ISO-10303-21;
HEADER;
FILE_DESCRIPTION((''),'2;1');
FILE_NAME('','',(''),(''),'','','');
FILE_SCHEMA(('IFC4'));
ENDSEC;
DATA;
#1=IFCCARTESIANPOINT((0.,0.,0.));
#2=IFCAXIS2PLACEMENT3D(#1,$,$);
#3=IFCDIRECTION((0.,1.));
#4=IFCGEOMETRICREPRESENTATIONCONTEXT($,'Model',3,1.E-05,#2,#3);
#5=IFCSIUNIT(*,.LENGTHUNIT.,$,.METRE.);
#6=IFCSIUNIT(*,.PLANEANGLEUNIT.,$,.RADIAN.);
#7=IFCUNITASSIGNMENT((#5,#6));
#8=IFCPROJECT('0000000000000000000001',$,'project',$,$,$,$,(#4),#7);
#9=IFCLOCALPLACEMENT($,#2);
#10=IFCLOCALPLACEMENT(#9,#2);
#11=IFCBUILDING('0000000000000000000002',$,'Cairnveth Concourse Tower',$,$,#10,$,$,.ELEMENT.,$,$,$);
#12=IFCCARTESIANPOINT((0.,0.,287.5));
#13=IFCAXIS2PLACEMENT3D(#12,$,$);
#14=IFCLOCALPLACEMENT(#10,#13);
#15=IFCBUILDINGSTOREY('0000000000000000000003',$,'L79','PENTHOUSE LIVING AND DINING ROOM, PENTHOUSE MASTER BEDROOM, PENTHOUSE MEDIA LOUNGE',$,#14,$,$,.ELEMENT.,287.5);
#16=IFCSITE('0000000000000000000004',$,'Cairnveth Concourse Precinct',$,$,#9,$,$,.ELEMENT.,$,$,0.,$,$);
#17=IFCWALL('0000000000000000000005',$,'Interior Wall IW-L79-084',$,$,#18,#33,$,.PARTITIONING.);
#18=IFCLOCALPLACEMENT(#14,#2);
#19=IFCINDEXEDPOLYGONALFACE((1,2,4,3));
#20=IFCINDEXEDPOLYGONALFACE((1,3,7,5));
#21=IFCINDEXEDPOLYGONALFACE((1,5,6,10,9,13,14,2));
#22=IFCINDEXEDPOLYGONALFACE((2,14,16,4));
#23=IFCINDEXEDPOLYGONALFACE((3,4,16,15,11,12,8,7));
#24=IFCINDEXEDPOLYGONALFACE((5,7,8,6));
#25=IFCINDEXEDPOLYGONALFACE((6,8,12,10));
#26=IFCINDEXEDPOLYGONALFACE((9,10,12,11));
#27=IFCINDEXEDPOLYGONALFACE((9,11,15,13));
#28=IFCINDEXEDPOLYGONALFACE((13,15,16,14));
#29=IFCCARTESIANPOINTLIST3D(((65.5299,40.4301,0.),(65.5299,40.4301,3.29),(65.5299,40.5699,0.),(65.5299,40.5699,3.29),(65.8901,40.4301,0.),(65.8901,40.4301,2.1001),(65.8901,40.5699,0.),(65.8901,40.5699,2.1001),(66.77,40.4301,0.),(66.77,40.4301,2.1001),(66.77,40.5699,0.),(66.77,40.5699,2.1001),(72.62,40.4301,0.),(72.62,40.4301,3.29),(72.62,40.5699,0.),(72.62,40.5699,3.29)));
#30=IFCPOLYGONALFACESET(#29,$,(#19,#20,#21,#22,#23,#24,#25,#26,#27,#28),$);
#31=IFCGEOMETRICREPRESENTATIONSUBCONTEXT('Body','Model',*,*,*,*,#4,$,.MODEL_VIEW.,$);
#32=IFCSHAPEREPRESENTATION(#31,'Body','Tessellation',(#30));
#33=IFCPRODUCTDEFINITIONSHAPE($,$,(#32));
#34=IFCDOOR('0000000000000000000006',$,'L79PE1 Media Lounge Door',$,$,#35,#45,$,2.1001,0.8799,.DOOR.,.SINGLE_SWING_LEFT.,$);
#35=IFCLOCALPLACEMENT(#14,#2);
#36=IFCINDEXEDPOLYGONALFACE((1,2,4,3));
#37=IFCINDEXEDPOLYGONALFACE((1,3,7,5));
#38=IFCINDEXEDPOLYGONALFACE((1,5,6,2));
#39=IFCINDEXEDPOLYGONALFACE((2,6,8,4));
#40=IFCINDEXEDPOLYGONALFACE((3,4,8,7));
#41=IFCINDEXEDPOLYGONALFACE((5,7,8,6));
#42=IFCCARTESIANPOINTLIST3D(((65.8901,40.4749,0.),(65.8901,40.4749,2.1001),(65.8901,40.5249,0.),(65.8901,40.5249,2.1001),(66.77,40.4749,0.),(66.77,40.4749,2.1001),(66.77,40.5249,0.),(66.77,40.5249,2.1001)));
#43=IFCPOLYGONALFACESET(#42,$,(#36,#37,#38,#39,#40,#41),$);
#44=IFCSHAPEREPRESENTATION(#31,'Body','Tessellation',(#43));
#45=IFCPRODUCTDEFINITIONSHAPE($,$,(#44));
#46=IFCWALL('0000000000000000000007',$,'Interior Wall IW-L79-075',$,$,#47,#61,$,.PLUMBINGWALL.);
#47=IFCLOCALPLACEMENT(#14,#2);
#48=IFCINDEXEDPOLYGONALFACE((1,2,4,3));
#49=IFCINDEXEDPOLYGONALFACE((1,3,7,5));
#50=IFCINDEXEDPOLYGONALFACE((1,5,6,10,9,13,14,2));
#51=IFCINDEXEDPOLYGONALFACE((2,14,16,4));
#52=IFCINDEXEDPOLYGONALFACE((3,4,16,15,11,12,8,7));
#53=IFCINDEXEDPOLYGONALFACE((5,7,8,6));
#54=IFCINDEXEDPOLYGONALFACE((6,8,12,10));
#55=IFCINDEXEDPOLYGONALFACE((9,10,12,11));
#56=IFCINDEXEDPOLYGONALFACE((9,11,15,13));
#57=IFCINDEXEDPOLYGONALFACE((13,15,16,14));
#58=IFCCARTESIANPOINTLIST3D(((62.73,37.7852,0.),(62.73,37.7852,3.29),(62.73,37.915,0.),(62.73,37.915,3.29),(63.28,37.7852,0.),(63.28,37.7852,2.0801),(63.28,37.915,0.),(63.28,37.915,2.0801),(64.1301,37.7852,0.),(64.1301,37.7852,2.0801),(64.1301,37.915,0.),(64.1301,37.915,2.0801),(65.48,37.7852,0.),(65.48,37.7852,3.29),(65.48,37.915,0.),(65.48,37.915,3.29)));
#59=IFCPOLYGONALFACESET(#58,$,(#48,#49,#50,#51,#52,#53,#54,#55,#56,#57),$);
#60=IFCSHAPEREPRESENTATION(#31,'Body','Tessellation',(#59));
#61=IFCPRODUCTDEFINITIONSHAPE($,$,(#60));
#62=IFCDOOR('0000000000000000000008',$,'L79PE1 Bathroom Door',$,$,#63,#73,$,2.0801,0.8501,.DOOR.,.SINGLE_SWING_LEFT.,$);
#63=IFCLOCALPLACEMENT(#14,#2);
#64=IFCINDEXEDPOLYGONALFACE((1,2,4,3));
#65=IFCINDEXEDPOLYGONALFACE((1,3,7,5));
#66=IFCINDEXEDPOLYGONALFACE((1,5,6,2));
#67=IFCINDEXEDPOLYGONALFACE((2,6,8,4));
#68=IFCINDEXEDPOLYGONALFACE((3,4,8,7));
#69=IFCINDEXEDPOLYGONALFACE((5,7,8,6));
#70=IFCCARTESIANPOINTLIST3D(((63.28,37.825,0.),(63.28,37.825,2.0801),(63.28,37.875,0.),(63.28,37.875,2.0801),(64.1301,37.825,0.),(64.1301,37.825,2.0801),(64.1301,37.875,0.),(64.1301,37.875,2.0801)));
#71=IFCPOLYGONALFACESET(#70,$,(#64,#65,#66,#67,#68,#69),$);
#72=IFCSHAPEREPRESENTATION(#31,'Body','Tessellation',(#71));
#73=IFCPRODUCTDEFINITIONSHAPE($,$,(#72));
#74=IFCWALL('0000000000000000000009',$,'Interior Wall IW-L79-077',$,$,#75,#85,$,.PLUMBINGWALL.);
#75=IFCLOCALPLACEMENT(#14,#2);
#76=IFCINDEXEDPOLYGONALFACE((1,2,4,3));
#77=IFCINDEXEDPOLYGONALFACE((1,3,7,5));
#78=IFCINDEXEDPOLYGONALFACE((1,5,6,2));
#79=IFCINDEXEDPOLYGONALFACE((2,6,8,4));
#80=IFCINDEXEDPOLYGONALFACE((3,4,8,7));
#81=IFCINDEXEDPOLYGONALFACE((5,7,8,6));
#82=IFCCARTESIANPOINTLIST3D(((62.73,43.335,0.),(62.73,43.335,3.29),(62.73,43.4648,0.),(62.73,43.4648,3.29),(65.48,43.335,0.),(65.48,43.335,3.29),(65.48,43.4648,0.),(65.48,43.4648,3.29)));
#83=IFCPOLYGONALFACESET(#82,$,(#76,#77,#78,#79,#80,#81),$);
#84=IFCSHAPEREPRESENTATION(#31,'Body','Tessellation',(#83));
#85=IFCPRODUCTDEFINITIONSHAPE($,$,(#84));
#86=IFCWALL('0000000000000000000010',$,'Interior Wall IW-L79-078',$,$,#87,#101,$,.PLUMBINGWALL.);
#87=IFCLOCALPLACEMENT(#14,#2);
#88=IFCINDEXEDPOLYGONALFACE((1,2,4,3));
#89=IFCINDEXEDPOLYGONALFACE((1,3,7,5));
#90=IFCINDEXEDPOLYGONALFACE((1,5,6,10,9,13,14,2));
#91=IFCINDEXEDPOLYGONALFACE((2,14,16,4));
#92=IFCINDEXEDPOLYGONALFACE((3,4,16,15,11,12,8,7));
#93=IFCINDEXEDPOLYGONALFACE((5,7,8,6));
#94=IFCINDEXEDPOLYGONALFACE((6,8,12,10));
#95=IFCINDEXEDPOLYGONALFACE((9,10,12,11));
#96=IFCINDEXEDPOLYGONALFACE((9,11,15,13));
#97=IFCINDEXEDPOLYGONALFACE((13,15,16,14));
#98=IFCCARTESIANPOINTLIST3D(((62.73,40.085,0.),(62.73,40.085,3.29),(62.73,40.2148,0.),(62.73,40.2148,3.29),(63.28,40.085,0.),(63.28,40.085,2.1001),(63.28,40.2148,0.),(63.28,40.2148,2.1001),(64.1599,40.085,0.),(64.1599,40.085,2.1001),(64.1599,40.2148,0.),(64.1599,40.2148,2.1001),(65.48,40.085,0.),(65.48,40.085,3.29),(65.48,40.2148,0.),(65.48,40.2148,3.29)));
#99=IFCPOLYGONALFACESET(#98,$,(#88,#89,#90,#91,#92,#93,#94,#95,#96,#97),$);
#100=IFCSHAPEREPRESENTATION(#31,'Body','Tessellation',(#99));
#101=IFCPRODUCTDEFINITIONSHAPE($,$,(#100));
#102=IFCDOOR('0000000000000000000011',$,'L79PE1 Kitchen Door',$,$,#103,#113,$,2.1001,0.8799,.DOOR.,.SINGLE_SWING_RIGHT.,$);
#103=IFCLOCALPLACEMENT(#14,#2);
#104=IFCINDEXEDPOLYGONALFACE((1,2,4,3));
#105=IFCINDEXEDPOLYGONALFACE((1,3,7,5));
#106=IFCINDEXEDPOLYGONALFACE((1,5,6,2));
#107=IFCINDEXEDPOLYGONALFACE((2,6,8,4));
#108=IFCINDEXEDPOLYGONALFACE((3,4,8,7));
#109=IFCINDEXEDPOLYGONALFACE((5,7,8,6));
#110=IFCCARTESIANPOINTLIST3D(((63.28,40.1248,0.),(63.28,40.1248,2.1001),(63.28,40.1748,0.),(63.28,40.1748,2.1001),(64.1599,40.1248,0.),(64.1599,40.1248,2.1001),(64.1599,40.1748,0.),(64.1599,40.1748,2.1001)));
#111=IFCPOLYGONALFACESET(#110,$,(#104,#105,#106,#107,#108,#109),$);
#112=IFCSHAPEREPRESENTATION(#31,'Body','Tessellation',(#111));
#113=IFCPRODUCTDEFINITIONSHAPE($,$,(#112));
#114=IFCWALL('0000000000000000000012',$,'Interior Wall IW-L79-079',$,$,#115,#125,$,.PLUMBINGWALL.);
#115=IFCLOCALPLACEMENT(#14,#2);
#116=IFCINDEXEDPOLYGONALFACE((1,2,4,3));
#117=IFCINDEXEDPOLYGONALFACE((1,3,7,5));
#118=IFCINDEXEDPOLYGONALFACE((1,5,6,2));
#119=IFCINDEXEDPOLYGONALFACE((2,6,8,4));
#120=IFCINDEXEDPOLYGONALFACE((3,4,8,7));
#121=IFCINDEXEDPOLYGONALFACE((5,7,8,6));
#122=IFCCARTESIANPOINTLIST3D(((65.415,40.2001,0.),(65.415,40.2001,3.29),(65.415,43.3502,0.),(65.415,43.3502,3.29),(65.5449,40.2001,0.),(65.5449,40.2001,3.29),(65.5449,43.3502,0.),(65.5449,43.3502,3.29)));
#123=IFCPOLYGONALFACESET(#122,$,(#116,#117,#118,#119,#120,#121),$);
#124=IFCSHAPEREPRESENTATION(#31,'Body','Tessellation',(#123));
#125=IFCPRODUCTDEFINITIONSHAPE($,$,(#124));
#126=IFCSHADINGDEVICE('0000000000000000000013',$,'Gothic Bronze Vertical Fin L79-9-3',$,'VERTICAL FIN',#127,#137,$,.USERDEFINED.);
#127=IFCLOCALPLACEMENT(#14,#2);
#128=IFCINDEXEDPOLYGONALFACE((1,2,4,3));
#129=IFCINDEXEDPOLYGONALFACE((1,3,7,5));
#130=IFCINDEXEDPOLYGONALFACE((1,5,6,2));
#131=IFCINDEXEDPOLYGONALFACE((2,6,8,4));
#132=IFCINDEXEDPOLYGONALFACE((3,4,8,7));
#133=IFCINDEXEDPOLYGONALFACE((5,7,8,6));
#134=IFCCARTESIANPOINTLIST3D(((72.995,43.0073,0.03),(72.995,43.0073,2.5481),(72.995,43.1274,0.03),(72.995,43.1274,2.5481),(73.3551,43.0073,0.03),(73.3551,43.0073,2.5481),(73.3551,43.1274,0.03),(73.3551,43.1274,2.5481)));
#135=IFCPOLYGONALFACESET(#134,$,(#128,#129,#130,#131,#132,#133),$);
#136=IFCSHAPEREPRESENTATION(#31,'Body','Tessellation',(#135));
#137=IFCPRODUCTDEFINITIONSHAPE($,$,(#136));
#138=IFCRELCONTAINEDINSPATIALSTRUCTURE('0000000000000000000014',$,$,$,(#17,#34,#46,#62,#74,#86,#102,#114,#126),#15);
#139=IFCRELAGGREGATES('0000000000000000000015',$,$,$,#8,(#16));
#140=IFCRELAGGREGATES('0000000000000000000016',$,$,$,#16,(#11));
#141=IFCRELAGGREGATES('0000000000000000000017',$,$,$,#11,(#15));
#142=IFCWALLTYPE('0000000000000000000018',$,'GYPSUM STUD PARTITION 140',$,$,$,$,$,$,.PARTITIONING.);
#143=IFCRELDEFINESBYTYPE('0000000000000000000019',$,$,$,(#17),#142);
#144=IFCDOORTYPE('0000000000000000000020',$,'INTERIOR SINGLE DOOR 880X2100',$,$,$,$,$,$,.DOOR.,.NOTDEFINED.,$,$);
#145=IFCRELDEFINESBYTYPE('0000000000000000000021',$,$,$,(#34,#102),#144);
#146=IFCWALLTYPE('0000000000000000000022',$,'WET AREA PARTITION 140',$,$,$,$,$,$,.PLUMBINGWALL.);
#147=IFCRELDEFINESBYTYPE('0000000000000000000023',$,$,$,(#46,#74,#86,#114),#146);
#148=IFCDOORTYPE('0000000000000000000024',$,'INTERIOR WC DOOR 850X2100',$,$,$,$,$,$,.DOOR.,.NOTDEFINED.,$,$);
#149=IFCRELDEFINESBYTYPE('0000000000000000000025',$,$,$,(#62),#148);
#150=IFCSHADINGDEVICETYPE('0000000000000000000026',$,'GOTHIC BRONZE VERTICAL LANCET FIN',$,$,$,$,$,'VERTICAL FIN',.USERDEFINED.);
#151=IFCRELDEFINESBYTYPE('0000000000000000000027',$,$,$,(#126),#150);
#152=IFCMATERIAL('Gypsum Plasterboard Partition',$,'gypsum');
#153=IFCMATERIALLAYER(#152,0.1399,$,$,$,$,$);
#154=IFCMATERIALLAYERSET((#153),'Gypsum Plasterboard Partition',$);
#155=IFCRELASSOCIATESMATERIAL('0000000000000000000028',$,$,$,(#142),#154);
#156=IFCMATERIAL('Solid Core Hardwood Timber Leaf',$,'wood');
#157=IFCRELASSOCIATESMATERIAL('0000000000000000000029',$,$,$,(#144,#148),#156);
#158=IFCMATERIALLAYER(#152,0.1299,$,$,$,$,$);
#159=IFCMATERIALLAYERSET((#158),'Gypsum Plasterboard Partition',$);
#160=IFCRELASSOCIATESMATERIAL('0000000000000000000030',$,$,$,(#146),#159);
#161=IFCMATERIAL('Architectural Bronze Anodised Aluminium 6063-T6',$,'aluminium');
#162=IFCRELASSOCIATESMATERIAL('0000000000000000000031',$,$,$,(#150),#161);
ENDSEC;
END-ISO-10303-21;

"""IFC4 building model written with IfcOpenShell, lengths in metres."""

from ifc_helpers import new_model, si_unit, direction, frame, frame_2d, origin, origin_2d, place, context, subcontext, project, spatial, rectangle, extrude, material, layer, layer_set, type_object, element, fill, save


model = new_model("IFC4")

# Units and contexts
model_context = context("Model", 3, precision=1e-05, world=origin(), true_north=direction((0.0, 1.0)))
body_context = subcontext(model_context, "Body", "Model", "MODEL_VIEW")
ifc_project = project(units=[si_unit("LENGTHUNIT", "METRE"), si_unit("PLANEANGLEUNIT", "RADIAN")], contexts=[model_context])

# Site, building, storey
site_placement = place(None, origin())
site = spatial("IfcSite", under=ifc_project, at=site_placement, Name="Cairnveth Concourse Precinct", CompositionType="ELEMENT", RefElevation=0.0)
building_placement = place(site_placement, origin())
building = spatial("IfcBuilding", under=site, at=building_placement, Name="Cairnveth Concourse Tower", CompositionType="ELEMENT")
storey_placement = place(building_placement, frame((0.0, 0.0, 287.5)))
storey = spatial("IfcBuildingStorey", under=building, at=storey_placement, Name="L79", Description="PENTHOUSE LIVING AND DINING ROOM, PENTHOUSE MASTER BEDROOM, PENTHOUSE MEDIA LOUNGE", CompositionType="ELEMENT", Elevation=287.5)

# Walls, openings, doors
ifc_material_1 = material(Name="Gypsum Plasterboard Partition", Category="gypsum")
ifc_layer_1 = layer(ifc_material_1, 0.1399)
ifc_layer_set_1 = layer_set([ifc_layer_1], Name="Gypsum Plasterboard Partition")
wall_type_1 = type_object("IfcWallType", Name="GYPSUM STUD PARTITION 140", PredefinedType="PARTITIONING", material=ifc_layer_set_1)
ifc_material_2 = material(Name="Solid Core Hardwood Timber Leaf", Category="wood")
door_type_1 = type_object("IfcDoorType", Name="INTERIOR SINGLE DOOR 880X2100", OperationType="NOTDEFINED", PredefinedType="DOOR", material=ifc_material_2)
wall_1_placement = place(storey_placement, frame((65.53, 40.5, 0.0), z_axis=(0.0, 0.0, 1.0), x_axis=(1.0, 0.0, 0.0)))
wall_1 = element("IfcWall", 1, at=wall_1_placement, inside=storey, type_object=wall_type_1, Name="Interior Wall IW-L79-084", PredefinedType="PARTITIONING", context=body_context, shape_type="SweptSolid", body=[
    extrude(rectangle(XDim=7.0901, YDim=0.1399, at=frame_2d((3.5449, 0.0))), origin(), (0.0, 0.0, 1.0), 3.29),
])
opening_1_placement = place(wall_1_placement, frame((0.3601, 0.0, 0.0)))
opening_1 = element("IfcOpeningElement", 2, at=opening_1_placement, cuts=wall_1, PredefinedType="OPENING", context=body_context, shape_type="SweptSolid", body=[
    extrude(rectangle(XDim=0.8799, YDim=2.1001, at=frame_2d((0.4399, 1.05))), frame((0.0, 0.0798, 0.0), z_axis=(0.0, -1.0, 0.0), x_axis=(1.0, 0.0, 0.0)), (0.0, 0.0, 1.0), 0.1599),
])
door_1_placement = place(opening_1_placement, origin())
door_1 = element("IfcDoor", 3, at=door_1_placement, inside=storey, type_object=door_type_1, Name="L79PE1 Media Lounge Door", OperationType="SINGLE_SWING_LEFT", OverallHeight=2.1001, OverallWidth=0.8799, PredefinedType="DOOR", context=body_context, shape_type="SweptSolid", body=[
    extrude(rectangle(XDim=0.8799, YDim=2.1001, at=frame_2d((0.4399, 1.05))), frame((0.0, 0.0249, 0.0), z_axis=(0.0, -1.0, 0.0), x_axis=(1.0, 0.0, 0.0)), (0.0, 0.0, 1.0), 0.05),
])
fill(opening_1, door_1)
ifc_layer_2 = layer(ifc_material_1, 0.1299)
ifc_layer_set_2 = layer_set([ifc_layer_2], Name="Gypsum Plasterboard Partition")
wall_type_2 = type_object("IfcWallType", Name="WET AREA PARTITION 140", PredefinedType="PLUMBINGWALL", material=ifc_layer_set_2)
wall_2_placement = place(storey_placement, frame((62.73, 37.8501, 0.0), z_axis=(0.0, 0.0, 1.0), x_axis=(1.0, 0.0, 0.0)))
wall_2 = element("IfcWall", 4, at=wall_2_placement, inside=storey, type_object=wall_type_2, Name="Interior Wall IW-L79-075", PredefinedType="PLUMBINGWALL", context=body_context, shape_type="SweptSolid", body=[
    extrude(rectangle(XDim=2.75, YDim=0.1299, at=frame_2d((1.375, 0.0))), origin(), (0.0, 0.0, 1.0), 3.29),
])
opening_2_placement = place(wall_2_placement, frame((0.55, 0.0, 0.0)))
opening_2 = element("IfcOpeningElement", 5, at=opening_2_placement, cuts=wall_2, PredefinedType="OPENING", context=body_context, shape_type="SweptSolid", body=[
    extrude(rectangle(XDim=0.8501, YDim=2.0801, at=frame_2d((0.425, 1.04))), frame((0.0, 0.075, 0.0), z_axis=(0.0, -1.0, 0.0), x_axis=(1.0, 0.0, 0.0)), (0.0, 0.0, 1.0), 0.1499),
])
door_type_2 = type_object("IfcDoorType", Name="INTERIOR WC DOOR 850X2100", OperationType="NOTDEFINED", PredefinedType="DOOR", material=ifc_material_2)
door_2_placement = place(opening_2_placement, origin())
door_2 = element("IfcDoor", 6, at=door_2_placement, inside=storey, type_object=door_type_2, Name="L79PE1 Bathroom Door", OperationType="SINGLE_SWING_LEFT", OverallHeight=2.0801, OverallWidth=0.8501, PredefinedType="DOOR", context=body_context, shape_type="SweptSolid", body=[
    extrude(rectangle(XDim=0.8501, YDim=2.0801, at=frame_2d((0.425, 1.04))), frame((0.0, 0.0249, 0.0), z_axis=(0.0, -1.0, 0.0), x_axis=(1.0, 0.0, 0.0)), (0.0, 0.0, 1.0), 0.05),
])
fill(opening_2, door_2)

# Wall
wall_3_placement = place(storey_placement, frame((62.73, 43.3999, 0.0), z_axis=(0.0, 0.0, 1.0), x_axis=(1.0, 0.0, 0.0)))
element("IfcWall", 7, at=wall_3_placement, inside=storey, type_object=wall_type_2, Name="Interior Wall IW-L79-077", PredefinedType="PLUMBINGWALL", context=body_context, shape_type="SweptSolid", body=[
    extrude(rectangle(XDim=2.75, YDim=0.1299, at=frame_2d((1.375, 0.0))), origin(), (0.0, 0.0, 1.0), 3.29),
])

# Wall, opening, door
wall_4_placement = place(storey_placement, frame((62.73, 40.1499, 0.0), z_axis=(0.0, 0.0, 1.0), x_axis=(1.0, 0.0, 0.0)))
wall_4 = element("IfcWall", 8, at=wall_4_placement, inside=storey, type_object=wall_type_2, Name="Interior Wall IW-L79-078", PredefinedType="PLUMBINGWALL", context=body_context, shape_type="SweptSolid", body=[
    extrude(rectangle(XDim=2.75, YDim=0.1299, at=frame_2d((1.375, 0.0))), origin(), (0.0, 0.0, 1.0), 3.29),
])
opening_3_placement = place(wall_4_placement, frame((0.55, 0.0, 0.0)))
opening_3 = element("IfcOpeningElement", 9, at=opening_3_placement, cuts=wall_4, PredefinedType="OPENING", context=body_context, shape_type="SweptSolid", body=[
    extrude(rectangle(XDim=0.8799, YDim=2.1001, at=frame_2d((0.4399, 1.05))), frame((0.0, 0.075, 0.0), z_axis=(0.0, -1.0, 0.0), x_axis=(1.0, 0.0, 0.0)), (0.0, 0.0, 1.0), 0.1499),
])
door_3_placement = place(opening_3_placement, origin())
door_3 = element("IfcDoor", 10, at=door_3_placement, inside=storey, type_object=door_type_1, Name="L79PE1 Kitchen Door", OperationType="SINGLE_SWING_RIGHT", OverallHeight=2.1001, OverallWidth=0.8799, PredefinedType="DOOR", context=body_context, shape_type="SweptSolid", body=[
    extrude(rectangle(XDim=0.8799, YDim=2.1001, at=frame_2d((0.4399, 1.05))), frame((0.0, 0.0249, 0.0), z_axis=(0.0, -1.0, 0.0), x_axis=(1.0, 0.0, 0.0)), (0.0, 0.0, 1.0), 0.05),
])
fill(opening_3, door_3)

# Wall
wall_5_placement = place(storey_placement, frame((65.48, 40.2, 0.0), z_axis=(0.0, 0.0, 1.0), x_axis=(0.0, 1.0, 0.0)))
element("IfcWall", 11, at=wall_5_placement, inside=storey, type_object=wall_type_2, Name="Interior Wall IW-L79-079", PredefinedType="PLUMBINGWALL", context=body_context, shape_type="SweptSolid", body=[
    extrude(rectangle(XDim=3.1501, YDim=0.1299, at=frame_2d((1.5752, 0.0))), origin(), (0.0, 0.0, 1.0), 3.29),
])

# Shading device
ifc_material_3 = material(Name="Architectural Bronze Anodised Aluminium 6063-T6", Category="aluminium")
shading_device_type = type_object("IfcShadingDeviceType", Name="GOTHIC BRONZE VERTICAL LANCET FIN", ElementType="VERTICAL FIN", PredefinedType="USERDEFINED", material=ifc_material_3)
shading_device_placement = place(storey_placement, frame((73.175, 43.0674, 0.03), z_axis=(0.0, 0.0, 1.0), x_axis=(0.0, 1.0, 0.0)))
element("IfcShadingDevice", 12, at=shading_device_placement, inside=storey, type_object=shading_device_type, Name="Gothic Bronze Vertical Fin L79-9-3", ObjectType="VERTICAL FIN", PredefinedType="USERDEFINED", context=body_context, shape_type="SweptSolid", body=[
    extrude(rectangle(XDim=0.1201, YDim=0.3601, at=origin_2d()), origin(), (0.0, 0.0, 1.0), 2.5181),
])

save(model, "model.ifc")
